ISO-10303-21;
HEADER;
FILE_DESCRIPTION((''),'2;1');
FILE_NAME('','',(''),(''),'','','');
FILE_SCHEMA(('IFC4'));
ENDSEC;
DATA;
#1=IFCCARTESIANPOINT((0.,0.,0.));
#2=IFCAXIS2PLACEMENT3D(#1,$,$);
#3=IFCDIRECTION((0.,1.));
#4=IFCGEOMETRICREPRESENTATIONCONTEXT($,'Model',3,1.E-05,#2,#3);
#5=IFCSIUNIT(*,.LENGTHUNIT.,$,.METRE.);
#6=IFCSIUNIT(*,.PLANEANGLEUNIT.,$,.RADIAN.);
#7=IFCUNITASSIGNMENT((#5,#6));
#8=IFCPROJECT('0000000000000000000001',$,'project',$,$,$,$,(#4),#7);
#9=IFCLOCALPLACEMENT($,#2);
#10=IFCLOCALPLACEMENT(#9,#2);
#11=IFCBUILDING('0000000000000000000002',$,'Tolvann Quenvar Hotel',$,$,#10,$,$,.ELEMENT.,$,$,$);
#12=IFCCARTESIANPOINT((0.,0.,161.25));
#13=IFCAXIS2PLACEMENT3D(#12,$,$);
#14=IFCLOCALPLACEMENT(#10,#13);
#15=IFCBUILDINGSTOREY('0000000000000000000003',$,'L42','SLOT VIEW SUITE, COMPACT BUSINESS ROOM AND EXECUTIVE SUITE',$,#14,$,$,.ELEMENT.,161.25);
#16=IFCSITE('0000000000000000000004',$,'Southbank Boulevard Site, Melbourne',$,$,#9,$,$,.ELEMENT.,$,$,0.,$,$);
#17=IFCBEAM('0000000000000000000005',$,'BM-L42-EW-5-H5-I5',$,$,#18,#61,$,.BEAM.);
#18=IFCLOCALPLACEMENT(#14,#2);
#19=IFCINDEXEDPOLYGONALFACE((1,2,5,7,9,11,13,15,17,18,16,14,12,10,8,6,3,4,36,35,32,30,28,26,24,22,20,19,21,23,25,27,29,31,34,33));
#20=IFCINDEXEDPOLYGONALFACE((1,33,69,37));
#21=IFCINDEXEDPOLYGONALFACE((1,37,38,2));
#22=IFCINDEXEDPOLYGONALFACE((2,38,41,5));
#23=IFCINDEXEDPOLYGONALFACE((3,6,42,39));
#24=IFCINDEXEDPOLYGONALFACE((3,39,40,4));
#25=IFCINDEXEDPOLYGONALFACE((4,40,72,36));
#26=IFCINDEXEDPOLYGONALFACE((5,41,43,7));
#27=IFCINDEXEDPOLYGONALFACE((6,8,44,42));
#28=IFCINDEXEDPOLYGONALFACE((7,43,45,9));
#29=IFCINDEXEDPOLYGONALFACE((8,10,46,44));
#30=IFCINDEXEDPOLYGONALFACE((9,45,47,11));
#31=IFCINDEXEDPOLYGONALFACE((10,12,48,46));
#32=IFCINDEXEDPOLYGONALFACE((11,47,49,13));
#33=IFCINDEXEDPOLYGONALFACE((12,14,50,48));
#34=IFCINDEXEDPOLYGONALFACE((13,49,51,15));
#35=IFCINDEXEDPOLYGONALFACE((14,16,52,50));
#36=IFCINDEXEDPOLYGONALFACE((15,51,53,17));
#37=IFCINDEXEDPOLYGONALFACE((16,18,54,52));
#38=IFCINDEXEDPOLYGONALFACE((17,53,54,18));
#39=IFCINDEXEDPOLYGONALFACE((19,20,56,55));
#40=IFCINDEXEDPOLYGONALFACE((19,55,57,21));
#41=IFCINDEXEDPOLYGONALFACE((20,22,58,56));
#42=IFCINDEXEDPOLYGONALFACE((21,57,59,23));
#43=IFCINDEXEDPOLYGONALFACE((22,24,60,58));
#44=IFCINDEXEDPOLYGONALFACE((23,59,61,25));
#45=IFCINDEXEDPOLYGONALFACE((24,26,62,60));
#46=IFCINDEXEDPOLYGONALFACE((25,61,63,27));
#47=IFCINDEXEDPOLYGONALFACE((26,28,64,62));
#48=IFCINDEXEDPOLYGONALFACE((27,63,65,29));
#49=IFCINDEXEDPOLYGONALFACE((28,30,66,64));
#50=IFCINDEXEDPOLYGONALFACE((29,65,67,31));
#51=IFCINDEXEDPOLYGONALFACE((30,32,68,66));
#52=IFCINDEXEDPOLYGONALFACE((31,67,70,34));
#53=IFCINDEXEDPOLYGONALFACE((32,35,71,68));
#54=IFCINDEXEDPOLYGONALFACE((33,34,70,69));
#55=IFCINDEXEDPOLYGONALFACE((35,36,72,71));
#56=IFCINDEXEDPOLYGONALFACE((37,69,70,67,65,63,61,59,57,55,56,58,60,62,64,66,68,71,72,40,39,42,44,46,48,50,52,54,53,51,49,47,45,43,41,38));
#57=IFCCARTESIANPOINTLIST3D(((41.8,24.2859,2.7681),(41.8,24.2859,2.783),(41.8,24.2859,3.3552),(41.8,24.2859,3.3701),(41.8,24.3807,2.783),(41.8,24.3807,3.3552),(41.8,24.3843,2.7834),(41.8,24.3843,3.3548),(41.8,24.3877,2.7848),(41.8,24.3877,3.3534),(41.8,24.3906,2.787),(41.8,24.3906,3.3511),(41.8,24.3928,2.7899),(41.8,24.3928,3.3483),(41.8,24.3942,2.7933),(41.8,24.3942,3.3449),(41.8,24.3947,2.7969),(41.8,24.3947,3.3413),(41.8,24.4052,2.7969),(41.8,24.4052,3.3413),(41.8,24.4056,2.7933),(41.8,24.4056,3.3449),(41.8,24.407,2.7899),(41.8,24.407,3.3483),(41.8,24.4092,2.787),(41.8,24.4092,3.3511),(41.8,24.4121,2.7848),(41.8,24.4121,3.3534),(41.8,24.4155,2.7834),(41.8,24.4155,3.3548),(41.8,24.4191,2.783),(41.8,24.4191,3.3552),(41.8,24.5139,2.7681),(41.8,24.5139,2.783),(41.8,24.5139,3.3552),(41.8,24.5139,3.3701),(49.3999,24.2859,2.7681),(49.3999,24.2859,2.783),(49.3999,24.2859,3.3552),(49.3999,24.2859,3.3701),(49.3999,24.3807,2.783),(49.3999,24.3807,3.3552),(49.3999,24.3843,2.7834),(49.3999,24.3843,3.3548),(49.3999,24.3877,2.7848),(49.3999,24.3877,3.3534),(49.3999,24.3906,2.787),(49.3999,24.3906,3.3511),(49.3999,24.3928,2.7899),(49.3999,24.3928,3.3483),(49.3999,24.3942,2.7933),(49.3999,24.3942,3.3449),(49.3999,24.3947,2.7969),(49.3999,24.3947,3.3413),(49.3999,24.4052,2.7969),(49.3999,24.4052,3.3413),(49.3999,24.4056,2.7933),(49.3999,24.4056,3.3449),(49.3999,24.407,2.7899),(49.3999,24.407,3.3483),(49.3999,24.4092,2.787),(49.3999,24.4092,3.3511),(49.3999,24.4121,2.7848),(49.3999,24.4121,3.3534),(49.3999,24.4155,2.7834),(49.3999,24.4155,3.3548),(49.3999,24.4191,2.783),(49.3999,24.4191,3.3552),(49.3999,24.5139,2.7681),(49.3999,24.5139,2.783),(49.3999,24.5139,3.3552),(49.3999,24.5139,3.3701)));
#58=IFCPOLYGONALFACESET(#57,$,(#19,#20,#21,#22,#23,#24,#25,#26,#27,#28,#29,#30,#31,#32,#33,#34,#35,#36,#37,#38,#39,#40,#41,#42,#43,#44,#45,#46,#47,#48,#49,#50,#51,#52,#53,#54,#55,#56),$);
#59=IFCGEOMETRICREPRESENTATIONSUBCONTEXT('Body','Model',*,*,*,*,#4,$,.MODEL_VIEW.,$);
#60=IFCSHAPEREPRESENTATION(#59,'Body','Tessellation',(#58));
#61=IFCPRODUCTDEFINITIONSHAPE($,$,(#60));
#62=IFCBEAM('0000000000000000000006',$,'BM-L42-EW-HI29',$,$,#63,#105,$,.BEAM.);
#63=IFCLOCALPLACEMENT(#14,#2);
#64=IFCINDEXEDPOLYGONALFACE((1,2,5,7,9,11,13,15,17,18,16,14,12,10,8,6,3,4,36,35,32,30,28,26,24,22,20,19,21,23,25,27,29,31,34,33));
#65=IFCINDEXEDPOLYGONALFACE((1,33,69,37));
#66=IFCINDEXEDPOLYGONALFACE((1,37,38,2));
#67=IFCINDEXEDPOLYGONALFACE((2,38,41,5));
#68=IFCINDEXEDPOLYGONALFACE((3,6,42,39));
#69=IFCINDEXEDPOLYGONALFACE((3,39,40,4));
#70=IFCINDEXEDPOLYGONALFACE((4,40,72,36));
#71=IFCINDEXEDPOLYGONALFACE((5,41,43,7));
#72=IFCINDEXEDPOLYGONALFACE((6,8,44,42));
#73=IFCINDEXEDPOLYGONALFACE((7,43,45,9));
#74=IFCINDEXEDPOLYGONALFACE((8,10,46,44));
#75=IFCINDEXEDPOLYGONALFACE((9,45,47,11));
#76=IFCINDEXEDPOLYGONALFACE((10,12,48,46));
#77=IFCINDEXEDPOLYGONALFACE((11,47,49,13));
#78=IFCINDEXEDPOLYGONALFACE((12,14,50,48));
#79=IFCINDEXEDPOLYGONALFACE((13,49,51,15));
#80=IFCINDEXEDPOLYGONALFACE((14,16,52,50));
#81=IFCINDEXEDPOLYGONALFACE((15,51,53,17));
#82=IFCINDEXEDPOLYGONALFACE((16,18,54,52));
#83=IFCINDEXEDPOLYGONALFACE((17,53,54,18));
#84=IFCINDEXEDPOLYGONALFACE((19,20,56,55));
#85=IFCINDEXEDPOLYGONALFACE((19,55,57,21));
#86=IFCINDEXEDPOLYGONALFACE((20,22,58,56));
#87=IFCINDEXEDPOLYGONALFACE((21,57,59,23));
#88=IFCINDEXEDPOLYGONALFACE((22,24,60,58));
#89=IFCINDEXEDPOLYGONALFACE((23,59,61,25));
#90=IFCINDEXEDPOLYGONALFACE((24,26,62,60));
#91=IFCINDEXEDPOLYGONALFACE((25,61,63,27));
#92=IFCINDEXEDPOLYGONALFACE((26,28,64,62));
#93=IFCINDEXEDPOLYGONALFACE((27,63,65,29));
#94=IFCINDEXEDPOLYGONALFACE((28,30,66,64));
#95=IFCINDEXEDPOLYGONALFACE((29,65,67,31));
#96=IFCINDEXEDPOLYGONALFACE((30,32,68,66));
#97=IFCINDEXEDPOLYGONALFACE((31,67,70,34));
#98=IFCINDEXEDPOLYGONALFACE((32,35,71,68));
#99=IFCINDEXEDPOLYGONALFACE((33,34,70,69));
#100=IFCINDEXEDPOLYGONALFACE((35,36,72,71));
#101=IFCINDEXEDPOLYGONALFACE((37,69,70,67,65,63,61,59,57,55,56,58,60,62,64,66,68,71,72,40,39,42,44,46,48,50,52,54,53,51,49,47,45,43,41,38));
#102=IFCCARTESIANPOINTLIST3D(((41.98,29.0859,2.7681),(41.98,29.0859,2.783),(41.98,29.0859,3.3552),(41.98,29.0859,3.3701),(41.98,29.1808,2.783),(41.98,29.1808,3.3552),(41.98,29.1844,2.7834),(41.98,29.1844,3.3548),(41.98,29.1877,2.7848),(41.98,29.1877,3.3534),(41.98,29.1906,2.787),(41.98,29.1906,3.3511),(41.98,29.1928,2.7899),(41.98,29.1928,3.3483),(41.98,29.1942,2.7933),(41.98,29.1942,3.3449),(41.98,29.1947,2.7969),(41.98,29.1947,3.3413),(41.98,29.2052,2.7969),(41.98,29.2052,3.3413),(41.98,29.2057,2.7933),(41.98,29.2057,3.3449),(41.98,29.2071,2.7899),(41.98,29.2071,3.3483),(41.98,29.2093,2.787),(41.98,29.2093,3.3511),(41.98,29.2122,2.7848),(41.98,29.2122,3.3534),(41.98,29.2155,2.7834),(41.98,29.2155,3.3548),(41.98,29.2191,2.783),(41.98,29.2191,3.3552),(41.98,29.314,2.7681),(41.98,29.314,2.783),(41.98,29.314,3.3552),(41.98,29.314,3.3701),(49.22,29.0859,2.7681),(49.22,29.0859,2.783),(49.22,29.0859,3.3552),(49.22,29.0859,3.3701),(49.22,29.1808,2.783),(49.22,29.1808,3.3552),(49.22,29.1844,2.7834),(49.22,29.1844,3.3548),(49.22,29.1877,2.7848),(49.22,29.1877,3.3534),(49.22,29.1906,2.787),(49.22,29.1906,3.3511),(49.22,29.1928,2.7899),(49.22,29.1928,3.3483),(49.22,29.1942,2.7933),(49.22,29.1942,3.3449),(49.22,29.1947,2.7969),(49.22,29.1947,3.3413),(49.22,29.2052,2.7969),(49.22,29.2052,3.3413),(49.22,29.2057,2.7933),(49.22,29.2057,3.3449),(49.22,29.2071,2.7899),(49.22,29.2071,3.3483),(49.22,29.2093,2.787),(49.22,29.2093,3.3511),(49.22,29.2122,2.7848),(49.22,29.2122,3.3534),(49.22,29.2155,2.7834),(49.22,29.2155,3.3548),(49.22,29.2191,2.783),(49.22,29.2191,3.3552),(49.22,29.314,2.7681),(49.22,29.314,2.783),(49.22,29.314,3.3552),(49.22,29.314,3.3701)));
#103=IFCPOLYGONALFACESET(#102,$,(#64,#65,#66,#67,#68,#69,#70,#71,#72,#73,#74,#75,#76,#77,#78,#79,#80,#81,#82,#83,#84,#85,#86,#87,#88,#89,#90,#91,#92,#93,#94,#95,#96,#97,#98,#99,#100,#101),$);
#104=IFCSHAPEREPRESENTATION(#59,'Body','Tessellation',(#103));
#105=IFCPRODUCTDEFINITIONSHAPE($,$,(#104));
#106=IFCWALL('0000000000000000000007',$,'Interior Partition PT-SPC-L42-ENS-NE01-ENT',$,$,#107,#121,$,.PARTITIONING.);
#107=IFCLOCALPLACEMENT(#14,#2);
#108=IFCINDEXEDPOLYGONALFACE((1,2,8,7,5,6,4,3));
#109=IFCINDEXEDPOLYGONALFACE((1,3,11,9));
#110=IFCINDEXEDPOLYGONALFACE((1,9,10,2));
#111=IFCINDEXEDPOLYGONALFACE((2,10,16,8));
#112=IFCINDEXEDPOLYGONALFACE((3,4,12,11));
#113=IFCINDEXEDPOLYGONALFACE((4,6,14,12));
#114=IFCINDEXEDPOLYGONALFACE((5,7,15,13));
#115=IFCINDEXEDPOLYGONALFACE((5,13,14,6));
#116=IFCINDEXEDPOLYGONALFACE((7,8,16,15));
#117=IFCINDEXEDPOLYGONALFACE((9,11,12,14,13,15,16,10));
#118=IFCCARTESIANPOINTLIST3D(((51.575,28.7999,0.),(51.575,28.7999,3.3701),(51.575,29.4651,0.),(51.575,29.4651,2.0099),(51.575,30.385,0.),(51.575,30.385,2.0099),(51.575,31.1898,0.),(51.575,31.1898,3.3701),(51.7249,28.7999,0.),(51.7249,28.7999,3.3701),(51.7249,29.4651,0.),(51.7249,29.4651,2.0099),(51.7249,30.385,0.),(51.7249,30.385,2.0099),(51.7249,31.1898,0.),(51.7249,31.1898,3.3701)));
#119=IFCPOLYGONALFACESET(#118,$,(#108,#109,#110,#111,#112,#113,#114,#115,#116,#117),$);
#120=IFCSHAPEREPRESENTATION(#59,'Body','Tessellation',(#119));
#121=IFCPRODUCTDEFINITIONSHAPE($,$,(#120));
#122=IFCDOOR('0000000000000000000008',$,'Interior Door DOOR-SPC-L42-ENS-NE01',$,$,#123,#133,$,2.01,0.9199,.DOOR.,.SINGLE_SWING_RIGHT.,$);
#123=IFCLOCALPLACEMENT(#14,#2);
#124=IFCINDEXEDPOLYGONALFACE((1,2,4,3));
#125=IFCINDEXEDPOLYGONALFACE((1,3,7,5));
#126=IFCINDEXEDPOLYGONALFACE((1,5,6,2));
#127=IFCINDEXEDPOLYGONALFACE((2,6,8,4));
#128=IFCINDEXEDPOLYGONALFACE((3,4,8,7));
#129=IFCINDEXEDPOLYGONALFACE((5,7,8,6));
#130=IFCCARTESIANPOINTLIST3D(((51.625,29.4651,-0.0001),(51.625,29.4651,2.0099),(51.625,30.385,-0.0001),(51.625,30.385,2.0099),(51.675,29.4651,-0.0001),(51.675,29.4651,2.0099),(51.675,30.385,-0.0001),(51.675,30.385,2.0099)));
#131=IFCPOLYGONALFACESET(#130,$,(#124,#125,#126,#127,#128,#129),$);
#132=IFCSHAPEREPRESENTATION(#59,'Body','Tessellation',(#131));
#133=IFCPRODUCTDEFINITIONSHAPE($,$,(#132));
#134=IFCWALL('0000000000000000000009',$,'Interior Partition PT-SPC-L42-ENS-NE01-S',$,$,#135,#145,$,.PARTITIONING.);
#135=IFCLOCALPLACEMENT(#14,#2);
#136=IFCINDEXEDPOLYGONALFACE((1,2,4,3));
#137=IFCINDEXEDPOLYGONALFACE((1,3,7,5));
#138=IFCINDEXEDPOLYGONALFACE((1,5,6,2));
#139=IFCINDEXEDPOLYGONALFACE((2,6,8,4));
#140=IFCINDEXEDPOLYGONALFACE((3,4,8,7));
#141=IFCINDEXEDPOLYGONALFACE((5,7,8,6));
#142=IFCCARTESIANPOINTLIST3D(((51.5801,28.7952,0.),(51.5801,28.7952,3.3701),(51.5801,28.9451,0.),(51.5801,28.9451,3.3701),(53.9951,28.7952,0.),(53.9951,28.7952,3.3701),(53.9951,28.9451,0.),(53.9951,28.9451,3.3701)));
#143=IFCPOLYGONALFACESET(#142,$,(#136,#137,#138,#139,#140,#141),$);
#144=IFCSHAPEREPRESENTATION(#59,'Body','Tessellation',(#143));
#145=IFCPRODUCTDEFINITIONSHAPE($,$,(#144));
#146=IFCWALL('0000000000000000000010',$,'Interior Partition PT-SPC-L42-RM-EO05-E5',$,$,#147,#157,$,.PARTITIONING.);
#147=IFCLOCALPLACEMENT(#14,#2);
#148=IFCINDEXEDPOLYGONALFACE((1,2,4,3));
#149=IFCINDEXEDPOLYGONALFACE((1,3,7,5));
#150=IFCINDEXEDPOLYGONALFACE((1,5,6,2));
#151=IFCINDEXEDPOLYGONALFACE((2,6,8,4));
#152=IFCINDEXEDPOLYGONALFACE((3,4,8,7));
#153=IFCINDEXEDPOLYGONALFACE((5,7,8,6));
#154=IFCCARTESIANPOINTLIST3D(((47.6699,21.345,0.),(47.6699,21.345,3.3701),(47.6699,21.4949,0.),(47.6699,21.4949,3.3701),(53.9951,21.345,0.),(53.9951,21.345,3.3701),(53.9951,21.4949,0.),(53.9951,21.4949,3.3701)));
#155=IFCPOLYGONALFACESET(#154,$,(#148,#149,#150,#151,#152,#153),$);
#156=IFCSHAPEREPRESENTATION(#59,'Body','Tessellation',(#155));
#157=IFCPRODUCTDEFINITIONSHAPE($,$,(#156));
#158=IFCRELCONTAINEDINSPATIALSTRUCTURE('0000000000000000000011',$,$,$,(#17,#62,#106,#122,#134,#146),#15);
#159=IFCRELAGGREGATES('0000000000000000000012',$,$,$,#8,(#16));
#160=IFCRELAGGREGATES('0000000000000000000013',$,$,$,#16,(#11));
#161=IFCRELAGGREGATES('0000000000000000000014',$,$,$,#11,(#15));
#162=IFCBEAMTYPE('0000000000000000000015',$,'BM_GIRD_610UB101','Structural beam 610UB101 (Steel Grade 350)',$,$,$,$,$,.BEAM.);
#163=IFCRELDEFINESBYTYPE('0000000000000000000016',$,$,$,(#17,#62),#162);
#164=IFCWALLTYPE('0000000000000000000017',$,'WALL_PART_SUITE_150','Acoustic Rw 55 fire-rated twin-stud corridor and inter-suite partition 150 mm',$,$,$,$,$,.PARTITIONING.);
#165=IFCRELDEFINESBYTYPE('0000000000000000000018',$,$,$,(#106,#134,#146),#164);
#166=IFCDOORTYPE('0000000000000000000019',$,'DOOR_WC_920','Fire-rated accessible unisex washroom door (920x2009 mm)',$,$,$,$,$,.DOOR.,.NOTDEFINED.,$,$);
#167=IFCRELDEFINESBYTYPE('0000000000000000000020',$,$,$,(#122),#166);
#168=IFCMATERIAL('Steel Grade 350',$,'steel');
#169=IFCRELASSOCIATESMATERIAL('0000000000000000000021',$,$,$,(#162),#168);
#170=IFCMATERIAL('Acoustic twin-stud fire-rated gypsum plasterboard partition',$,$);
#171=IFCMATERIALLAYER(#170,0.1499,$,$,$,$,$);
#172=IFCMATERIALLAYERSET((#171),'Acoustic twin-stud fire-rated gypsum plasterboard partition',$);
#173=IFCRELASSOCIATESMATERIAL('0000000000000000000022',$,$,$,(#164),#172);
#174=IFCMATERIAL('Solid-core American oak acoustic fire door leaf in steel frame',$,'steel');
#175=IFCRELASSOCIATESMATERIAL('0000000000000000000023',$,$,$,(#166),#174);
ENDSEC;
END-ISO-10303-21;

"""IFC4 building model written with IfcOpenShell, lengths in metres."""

from ifc_helpers import new_model, si_unit, direction, frame, frame_2d, origin, origin_2d, place, context, subcontext, project, spatial, rectangle, i_section, extrude, source, transform, mapped, material, layer, layer_set, material_profile, profile_set, type_object, type_shapes, element, fill, save


model = new_model("IFC4")

# Units and contexts
model_context = context("Model", 3, precision=1e-05, world=origin(), true_north=direction((0.0, 1.0)))
body_context = subcontext(model_context, "Body", "Model", "MODEL_VIEW")
ifc_project = project(units=[si_unit("LENGTHUNIT", "METRE"), si_unit("PLANEANGLEUNIT", "RADIAN")], contexts=[model_context])

# Site, building, storey
site_placement = place(None, origin())
site = spatial("IfcSite", under=ifc_project, at=site_placement, Name="Southbank Boulevard Site, Melbourne", CompositionType="ELEMENT", RefElevation=0.0)
building_placement = place(site_placement, origin())
building = spatial("IfcBuilding", under=site, at=building_placement, Name="Tolvann Quenvar Hotel", CompositionType="ELEMENT")
storey_placement = place(building_placement, frame((0.0, 0.0, 161.25)))
storey = spatial("IfcBuildingStorey", under=building, at=storey_placement, Name="L42", Description="SLOT VIEW SUITE, COMPACT BUSINESS ROOM AND EXECUTIVE SUITE", CompositionType="ELEMENT", Elevation=161.25)

# Shared definitions
ifc_material_1 = material(Name="Steel Grade 350", Category="steel")

# Beams
ifc_material_profile_1 = material_profile(ifc_material_1, i_section(OverallWidth=0.228, OverallDepth=0.6021, WebThickness=0.0105, FlangeThickness=0.0149, FilletRadius=0.0139, at=origin_2d()), Name="610UB101")
ifc_profile_set_1 = profile_set([ifc_material_profile_1], Name="Steel Grade 350")
beam_type_1 = type_object("IfcBeamType", Name="BM_GIRD_610UB101", Description="Structural beam 610UB101 (Steel Grade 350)", PredefinedType="BEAM", material=ifc_profile_set_1)
shared_shape_1 = source(origin(), body_context, "Body", "SweptSolid", [
    extrude(i_section(OverallWidth=0.228, OverallDepth=0.6021, WebThickness=0.0105, FlangeThickness=0.0149, FilletRadius=0.0139, at=origin_2d()), origin(), (0.0, 0.0, 1.0), 7.5999),
])
beam_1_placement = place(storey_placement, frame((41.8, 24.3999, 3.0691), z_axis=(1.0, 0.0, 0.0), x_axis=(0.0, 1.0, 0.0)))
element("IfcBeam", 1, at=beam_1_placement, inside=storey, type_object=beam_type_1, Name="BM-L42-EW-5-H5-I5", PredefinedType="BEAM", context=body_context, shape_type="MappedRepresentation", body=[
    mapped(shared_shape_1, transform((0.0, 0.0, 0.0), x_axis=(1.0, 0.0, 0.0), y_axis=(0.0, 1.0, 0.0), z_axis=(0.0, 0.0, 1.0), scale=1.0)),
])
shared_shape_2 = source(origin(), body_context, "Body", "SweptSolid", [
    extrude(i_section(OverallWidth=0.228, OverallDepth=0.6021, WebThickness=0.0105, FlangeThickness=0.0149, FilletRadius=0.0139, at=origin_2d()), origin(), (0.0, 0.0, 1.0), 7.24),
])
beam_2_placement = place(storey_placement, frame((41.98, 29.2, 3.0691), z_axis=(1.0, 0.0, 0.0), x_axis=(0.0, 1.0, 0.0)))
element("IfcBeam", 2, at=beam_2_placement, inside=storey, type_object=beam_type_1, Name="BM-L42-EW-HI29", PredefinedType="BEAM", context=body_context, shape_type="MappedRepresentation", body=[
    mapped(shared_shape_2, transform((0.0, 0.0, 0.0), x_axis=(1.0, 0.0, 0.0), y_axis=(0.0, 1.0, 0.0), z_axis=(0.0, 0.0, 1.0), scale=1.0)),
])

# Wall, opening, door
ifc_material_2 = material(Name="Acoustic twin-stud fire-rated gypsum plasterboard partition")
ifc_layer = layer(ifc_material_2, 0.1499)
ifc_layer_set = layer_set([ifc_layer], Name="Acoustic twin-stud fire-rated gypsum plasterboard partition")
wall_type = type_object("IfcWallType", Name="WALL_PART_SUITE_150", Description="Acoustic Rw 55 fire-rated twin-stud corridor and inter-suite partition 150 mm", PredefinedType="PARTITIONING", material=ifc_layer_set)
wall_1_placement = place(storey_placement, frame((51.6499, 28.8, 0.0), z_axis=(0.0, 0.0, 1.0), x_axis=(0.0, 1.0, 0.0)))
wall_1 = element("IfcWall", 3, at=wall_1_placement, inside=storey, type_object=wall_type, Name="Interior Partition PT-SPC-L42-ENS-NE01-ENT", PredefinedType="PARTITIONING", context=body_context, shape_type="SweptSolid", body=[
    extrude(rectangle(XDim=2.3899, YDim=0.1499, at=frame_2d((1.1948, 0.0))), origin(), (0.0, 0.0, 1.0), 3.3701),
])
opening_1_placement = place(wall_1_placement, frame((0.665, 0.0, 0.0)))
opening_1 = element("IfcOpeningElement", 4, at=opening_1_placement, cuts=wall_1, PredefinedType="OPENING", context=body_context, shape_type="SweptSolid", body=[
    extrude(rectangle(XDim=0.9199, YDim=2.01, at=frame_2d((0.46, 1.0049))), frame((0.0, 0.085, 0.0), z_axis=(0.0, -1.0, 0.0), x_axis=(1.0, 0.0, 0.0)), (0.0, 0.0, 1.0), 0.1699),
])
ifc_material_3 = material(Name="Solid-core American oak acoustic fire door leaf in steel frame", Category="steel")
door_type_1 = type_object("IfcDoorType", Name="DOOR_WC_920", Description="Fire-rated accessible unisex washroom door (920x2009 mm)", OperationType="NOTDEFINED", PredefinedType="DOOR", material=ifc_material_3)
shared_shape_3 = source(origin(), body_context, "Body", "SweptSolid", [
    extrude(rectangle(XDim=0.9199, YDim=2.01, at=frame_2d((0.46, 1.0049))), frame((0.0, 0.0249, 0.0), z_axis=(0.0, -1.0, 0.0), x_axis=(1.0, 0.0, 0.0)), (0.0, 0.0, 1.0), 0.05),
])
type_shapes(door_type_1, [shared_shape_3])
door_1_placement = place(opening_1_placement, origin())
door_1 = element("IfcDoor", 5, at=door_1_placement, inside=storey, type_object=door_type_1, Name="Interior Door DOOR-SPC-L42-ENS-NE01", OperationType="SINGLE_SWING_RIGHT", OverallHeight=2.01, OverallWidth=0.9199, PredefinedType="DOOR", context=body_context, shape_type="MappedRepresentation", body=[
    mapped(shared_shape_3, transform((0.0, 0.0, 0.0), x_axis=(1.0, 0.0, 0.0), y_axis=(0.0, 1.0, 0.0), z_axis=(0.0, 0.0, 1.0), scale=1.0)),
])
fill(opening_1, door_1)

# Walls
wall_2_placement = place(storey_placement, frame((51.5801, 28.8701, 0.0), z_axis=(0.0, 0.0, 1.0), x_axis=(1.0, 0.0, 0.0)))
element("IfcWall", 6, at=wall_2_placement, inside=storey, type_object=wall_type, Name="Interior Partition PT-SPC-L42-ENS-NE01-S", PredefinedType="PARTITIONING", context=body_context, shape_type="SweptSolid", body=[
    extrude(rectangle(XDim=2.415, YDim=0.1499, at=frame_2d((1.2075, 0.0))), origin(), (0.0, 0.0, 1.0), 3.3701),
])
wall_3_placement = place(storey_placement, frame((47.6699, 21.4199, 0.0), z_axis=(0.0, 0.0, 1.0), x_axis=(1.0, 0.0, 0.0)))
element("IfcWall", 7, at=wall_3_placement, inside=storey, type_object=wall_type, Name="Interior Partition PT-SPC-L42-RM-EO05-E5", PredefinedType="PARTITIONING", context=body_context, shape_type="SweptSolid", body=[
    extrude(rectangle(XDim=6.3252, YDim=0.1499, at=frame_2d((3.1626, 0.0))), origin(), (0.0, 0.0, 1.0), 3.3701),
])

save(model, "model.ifc")
